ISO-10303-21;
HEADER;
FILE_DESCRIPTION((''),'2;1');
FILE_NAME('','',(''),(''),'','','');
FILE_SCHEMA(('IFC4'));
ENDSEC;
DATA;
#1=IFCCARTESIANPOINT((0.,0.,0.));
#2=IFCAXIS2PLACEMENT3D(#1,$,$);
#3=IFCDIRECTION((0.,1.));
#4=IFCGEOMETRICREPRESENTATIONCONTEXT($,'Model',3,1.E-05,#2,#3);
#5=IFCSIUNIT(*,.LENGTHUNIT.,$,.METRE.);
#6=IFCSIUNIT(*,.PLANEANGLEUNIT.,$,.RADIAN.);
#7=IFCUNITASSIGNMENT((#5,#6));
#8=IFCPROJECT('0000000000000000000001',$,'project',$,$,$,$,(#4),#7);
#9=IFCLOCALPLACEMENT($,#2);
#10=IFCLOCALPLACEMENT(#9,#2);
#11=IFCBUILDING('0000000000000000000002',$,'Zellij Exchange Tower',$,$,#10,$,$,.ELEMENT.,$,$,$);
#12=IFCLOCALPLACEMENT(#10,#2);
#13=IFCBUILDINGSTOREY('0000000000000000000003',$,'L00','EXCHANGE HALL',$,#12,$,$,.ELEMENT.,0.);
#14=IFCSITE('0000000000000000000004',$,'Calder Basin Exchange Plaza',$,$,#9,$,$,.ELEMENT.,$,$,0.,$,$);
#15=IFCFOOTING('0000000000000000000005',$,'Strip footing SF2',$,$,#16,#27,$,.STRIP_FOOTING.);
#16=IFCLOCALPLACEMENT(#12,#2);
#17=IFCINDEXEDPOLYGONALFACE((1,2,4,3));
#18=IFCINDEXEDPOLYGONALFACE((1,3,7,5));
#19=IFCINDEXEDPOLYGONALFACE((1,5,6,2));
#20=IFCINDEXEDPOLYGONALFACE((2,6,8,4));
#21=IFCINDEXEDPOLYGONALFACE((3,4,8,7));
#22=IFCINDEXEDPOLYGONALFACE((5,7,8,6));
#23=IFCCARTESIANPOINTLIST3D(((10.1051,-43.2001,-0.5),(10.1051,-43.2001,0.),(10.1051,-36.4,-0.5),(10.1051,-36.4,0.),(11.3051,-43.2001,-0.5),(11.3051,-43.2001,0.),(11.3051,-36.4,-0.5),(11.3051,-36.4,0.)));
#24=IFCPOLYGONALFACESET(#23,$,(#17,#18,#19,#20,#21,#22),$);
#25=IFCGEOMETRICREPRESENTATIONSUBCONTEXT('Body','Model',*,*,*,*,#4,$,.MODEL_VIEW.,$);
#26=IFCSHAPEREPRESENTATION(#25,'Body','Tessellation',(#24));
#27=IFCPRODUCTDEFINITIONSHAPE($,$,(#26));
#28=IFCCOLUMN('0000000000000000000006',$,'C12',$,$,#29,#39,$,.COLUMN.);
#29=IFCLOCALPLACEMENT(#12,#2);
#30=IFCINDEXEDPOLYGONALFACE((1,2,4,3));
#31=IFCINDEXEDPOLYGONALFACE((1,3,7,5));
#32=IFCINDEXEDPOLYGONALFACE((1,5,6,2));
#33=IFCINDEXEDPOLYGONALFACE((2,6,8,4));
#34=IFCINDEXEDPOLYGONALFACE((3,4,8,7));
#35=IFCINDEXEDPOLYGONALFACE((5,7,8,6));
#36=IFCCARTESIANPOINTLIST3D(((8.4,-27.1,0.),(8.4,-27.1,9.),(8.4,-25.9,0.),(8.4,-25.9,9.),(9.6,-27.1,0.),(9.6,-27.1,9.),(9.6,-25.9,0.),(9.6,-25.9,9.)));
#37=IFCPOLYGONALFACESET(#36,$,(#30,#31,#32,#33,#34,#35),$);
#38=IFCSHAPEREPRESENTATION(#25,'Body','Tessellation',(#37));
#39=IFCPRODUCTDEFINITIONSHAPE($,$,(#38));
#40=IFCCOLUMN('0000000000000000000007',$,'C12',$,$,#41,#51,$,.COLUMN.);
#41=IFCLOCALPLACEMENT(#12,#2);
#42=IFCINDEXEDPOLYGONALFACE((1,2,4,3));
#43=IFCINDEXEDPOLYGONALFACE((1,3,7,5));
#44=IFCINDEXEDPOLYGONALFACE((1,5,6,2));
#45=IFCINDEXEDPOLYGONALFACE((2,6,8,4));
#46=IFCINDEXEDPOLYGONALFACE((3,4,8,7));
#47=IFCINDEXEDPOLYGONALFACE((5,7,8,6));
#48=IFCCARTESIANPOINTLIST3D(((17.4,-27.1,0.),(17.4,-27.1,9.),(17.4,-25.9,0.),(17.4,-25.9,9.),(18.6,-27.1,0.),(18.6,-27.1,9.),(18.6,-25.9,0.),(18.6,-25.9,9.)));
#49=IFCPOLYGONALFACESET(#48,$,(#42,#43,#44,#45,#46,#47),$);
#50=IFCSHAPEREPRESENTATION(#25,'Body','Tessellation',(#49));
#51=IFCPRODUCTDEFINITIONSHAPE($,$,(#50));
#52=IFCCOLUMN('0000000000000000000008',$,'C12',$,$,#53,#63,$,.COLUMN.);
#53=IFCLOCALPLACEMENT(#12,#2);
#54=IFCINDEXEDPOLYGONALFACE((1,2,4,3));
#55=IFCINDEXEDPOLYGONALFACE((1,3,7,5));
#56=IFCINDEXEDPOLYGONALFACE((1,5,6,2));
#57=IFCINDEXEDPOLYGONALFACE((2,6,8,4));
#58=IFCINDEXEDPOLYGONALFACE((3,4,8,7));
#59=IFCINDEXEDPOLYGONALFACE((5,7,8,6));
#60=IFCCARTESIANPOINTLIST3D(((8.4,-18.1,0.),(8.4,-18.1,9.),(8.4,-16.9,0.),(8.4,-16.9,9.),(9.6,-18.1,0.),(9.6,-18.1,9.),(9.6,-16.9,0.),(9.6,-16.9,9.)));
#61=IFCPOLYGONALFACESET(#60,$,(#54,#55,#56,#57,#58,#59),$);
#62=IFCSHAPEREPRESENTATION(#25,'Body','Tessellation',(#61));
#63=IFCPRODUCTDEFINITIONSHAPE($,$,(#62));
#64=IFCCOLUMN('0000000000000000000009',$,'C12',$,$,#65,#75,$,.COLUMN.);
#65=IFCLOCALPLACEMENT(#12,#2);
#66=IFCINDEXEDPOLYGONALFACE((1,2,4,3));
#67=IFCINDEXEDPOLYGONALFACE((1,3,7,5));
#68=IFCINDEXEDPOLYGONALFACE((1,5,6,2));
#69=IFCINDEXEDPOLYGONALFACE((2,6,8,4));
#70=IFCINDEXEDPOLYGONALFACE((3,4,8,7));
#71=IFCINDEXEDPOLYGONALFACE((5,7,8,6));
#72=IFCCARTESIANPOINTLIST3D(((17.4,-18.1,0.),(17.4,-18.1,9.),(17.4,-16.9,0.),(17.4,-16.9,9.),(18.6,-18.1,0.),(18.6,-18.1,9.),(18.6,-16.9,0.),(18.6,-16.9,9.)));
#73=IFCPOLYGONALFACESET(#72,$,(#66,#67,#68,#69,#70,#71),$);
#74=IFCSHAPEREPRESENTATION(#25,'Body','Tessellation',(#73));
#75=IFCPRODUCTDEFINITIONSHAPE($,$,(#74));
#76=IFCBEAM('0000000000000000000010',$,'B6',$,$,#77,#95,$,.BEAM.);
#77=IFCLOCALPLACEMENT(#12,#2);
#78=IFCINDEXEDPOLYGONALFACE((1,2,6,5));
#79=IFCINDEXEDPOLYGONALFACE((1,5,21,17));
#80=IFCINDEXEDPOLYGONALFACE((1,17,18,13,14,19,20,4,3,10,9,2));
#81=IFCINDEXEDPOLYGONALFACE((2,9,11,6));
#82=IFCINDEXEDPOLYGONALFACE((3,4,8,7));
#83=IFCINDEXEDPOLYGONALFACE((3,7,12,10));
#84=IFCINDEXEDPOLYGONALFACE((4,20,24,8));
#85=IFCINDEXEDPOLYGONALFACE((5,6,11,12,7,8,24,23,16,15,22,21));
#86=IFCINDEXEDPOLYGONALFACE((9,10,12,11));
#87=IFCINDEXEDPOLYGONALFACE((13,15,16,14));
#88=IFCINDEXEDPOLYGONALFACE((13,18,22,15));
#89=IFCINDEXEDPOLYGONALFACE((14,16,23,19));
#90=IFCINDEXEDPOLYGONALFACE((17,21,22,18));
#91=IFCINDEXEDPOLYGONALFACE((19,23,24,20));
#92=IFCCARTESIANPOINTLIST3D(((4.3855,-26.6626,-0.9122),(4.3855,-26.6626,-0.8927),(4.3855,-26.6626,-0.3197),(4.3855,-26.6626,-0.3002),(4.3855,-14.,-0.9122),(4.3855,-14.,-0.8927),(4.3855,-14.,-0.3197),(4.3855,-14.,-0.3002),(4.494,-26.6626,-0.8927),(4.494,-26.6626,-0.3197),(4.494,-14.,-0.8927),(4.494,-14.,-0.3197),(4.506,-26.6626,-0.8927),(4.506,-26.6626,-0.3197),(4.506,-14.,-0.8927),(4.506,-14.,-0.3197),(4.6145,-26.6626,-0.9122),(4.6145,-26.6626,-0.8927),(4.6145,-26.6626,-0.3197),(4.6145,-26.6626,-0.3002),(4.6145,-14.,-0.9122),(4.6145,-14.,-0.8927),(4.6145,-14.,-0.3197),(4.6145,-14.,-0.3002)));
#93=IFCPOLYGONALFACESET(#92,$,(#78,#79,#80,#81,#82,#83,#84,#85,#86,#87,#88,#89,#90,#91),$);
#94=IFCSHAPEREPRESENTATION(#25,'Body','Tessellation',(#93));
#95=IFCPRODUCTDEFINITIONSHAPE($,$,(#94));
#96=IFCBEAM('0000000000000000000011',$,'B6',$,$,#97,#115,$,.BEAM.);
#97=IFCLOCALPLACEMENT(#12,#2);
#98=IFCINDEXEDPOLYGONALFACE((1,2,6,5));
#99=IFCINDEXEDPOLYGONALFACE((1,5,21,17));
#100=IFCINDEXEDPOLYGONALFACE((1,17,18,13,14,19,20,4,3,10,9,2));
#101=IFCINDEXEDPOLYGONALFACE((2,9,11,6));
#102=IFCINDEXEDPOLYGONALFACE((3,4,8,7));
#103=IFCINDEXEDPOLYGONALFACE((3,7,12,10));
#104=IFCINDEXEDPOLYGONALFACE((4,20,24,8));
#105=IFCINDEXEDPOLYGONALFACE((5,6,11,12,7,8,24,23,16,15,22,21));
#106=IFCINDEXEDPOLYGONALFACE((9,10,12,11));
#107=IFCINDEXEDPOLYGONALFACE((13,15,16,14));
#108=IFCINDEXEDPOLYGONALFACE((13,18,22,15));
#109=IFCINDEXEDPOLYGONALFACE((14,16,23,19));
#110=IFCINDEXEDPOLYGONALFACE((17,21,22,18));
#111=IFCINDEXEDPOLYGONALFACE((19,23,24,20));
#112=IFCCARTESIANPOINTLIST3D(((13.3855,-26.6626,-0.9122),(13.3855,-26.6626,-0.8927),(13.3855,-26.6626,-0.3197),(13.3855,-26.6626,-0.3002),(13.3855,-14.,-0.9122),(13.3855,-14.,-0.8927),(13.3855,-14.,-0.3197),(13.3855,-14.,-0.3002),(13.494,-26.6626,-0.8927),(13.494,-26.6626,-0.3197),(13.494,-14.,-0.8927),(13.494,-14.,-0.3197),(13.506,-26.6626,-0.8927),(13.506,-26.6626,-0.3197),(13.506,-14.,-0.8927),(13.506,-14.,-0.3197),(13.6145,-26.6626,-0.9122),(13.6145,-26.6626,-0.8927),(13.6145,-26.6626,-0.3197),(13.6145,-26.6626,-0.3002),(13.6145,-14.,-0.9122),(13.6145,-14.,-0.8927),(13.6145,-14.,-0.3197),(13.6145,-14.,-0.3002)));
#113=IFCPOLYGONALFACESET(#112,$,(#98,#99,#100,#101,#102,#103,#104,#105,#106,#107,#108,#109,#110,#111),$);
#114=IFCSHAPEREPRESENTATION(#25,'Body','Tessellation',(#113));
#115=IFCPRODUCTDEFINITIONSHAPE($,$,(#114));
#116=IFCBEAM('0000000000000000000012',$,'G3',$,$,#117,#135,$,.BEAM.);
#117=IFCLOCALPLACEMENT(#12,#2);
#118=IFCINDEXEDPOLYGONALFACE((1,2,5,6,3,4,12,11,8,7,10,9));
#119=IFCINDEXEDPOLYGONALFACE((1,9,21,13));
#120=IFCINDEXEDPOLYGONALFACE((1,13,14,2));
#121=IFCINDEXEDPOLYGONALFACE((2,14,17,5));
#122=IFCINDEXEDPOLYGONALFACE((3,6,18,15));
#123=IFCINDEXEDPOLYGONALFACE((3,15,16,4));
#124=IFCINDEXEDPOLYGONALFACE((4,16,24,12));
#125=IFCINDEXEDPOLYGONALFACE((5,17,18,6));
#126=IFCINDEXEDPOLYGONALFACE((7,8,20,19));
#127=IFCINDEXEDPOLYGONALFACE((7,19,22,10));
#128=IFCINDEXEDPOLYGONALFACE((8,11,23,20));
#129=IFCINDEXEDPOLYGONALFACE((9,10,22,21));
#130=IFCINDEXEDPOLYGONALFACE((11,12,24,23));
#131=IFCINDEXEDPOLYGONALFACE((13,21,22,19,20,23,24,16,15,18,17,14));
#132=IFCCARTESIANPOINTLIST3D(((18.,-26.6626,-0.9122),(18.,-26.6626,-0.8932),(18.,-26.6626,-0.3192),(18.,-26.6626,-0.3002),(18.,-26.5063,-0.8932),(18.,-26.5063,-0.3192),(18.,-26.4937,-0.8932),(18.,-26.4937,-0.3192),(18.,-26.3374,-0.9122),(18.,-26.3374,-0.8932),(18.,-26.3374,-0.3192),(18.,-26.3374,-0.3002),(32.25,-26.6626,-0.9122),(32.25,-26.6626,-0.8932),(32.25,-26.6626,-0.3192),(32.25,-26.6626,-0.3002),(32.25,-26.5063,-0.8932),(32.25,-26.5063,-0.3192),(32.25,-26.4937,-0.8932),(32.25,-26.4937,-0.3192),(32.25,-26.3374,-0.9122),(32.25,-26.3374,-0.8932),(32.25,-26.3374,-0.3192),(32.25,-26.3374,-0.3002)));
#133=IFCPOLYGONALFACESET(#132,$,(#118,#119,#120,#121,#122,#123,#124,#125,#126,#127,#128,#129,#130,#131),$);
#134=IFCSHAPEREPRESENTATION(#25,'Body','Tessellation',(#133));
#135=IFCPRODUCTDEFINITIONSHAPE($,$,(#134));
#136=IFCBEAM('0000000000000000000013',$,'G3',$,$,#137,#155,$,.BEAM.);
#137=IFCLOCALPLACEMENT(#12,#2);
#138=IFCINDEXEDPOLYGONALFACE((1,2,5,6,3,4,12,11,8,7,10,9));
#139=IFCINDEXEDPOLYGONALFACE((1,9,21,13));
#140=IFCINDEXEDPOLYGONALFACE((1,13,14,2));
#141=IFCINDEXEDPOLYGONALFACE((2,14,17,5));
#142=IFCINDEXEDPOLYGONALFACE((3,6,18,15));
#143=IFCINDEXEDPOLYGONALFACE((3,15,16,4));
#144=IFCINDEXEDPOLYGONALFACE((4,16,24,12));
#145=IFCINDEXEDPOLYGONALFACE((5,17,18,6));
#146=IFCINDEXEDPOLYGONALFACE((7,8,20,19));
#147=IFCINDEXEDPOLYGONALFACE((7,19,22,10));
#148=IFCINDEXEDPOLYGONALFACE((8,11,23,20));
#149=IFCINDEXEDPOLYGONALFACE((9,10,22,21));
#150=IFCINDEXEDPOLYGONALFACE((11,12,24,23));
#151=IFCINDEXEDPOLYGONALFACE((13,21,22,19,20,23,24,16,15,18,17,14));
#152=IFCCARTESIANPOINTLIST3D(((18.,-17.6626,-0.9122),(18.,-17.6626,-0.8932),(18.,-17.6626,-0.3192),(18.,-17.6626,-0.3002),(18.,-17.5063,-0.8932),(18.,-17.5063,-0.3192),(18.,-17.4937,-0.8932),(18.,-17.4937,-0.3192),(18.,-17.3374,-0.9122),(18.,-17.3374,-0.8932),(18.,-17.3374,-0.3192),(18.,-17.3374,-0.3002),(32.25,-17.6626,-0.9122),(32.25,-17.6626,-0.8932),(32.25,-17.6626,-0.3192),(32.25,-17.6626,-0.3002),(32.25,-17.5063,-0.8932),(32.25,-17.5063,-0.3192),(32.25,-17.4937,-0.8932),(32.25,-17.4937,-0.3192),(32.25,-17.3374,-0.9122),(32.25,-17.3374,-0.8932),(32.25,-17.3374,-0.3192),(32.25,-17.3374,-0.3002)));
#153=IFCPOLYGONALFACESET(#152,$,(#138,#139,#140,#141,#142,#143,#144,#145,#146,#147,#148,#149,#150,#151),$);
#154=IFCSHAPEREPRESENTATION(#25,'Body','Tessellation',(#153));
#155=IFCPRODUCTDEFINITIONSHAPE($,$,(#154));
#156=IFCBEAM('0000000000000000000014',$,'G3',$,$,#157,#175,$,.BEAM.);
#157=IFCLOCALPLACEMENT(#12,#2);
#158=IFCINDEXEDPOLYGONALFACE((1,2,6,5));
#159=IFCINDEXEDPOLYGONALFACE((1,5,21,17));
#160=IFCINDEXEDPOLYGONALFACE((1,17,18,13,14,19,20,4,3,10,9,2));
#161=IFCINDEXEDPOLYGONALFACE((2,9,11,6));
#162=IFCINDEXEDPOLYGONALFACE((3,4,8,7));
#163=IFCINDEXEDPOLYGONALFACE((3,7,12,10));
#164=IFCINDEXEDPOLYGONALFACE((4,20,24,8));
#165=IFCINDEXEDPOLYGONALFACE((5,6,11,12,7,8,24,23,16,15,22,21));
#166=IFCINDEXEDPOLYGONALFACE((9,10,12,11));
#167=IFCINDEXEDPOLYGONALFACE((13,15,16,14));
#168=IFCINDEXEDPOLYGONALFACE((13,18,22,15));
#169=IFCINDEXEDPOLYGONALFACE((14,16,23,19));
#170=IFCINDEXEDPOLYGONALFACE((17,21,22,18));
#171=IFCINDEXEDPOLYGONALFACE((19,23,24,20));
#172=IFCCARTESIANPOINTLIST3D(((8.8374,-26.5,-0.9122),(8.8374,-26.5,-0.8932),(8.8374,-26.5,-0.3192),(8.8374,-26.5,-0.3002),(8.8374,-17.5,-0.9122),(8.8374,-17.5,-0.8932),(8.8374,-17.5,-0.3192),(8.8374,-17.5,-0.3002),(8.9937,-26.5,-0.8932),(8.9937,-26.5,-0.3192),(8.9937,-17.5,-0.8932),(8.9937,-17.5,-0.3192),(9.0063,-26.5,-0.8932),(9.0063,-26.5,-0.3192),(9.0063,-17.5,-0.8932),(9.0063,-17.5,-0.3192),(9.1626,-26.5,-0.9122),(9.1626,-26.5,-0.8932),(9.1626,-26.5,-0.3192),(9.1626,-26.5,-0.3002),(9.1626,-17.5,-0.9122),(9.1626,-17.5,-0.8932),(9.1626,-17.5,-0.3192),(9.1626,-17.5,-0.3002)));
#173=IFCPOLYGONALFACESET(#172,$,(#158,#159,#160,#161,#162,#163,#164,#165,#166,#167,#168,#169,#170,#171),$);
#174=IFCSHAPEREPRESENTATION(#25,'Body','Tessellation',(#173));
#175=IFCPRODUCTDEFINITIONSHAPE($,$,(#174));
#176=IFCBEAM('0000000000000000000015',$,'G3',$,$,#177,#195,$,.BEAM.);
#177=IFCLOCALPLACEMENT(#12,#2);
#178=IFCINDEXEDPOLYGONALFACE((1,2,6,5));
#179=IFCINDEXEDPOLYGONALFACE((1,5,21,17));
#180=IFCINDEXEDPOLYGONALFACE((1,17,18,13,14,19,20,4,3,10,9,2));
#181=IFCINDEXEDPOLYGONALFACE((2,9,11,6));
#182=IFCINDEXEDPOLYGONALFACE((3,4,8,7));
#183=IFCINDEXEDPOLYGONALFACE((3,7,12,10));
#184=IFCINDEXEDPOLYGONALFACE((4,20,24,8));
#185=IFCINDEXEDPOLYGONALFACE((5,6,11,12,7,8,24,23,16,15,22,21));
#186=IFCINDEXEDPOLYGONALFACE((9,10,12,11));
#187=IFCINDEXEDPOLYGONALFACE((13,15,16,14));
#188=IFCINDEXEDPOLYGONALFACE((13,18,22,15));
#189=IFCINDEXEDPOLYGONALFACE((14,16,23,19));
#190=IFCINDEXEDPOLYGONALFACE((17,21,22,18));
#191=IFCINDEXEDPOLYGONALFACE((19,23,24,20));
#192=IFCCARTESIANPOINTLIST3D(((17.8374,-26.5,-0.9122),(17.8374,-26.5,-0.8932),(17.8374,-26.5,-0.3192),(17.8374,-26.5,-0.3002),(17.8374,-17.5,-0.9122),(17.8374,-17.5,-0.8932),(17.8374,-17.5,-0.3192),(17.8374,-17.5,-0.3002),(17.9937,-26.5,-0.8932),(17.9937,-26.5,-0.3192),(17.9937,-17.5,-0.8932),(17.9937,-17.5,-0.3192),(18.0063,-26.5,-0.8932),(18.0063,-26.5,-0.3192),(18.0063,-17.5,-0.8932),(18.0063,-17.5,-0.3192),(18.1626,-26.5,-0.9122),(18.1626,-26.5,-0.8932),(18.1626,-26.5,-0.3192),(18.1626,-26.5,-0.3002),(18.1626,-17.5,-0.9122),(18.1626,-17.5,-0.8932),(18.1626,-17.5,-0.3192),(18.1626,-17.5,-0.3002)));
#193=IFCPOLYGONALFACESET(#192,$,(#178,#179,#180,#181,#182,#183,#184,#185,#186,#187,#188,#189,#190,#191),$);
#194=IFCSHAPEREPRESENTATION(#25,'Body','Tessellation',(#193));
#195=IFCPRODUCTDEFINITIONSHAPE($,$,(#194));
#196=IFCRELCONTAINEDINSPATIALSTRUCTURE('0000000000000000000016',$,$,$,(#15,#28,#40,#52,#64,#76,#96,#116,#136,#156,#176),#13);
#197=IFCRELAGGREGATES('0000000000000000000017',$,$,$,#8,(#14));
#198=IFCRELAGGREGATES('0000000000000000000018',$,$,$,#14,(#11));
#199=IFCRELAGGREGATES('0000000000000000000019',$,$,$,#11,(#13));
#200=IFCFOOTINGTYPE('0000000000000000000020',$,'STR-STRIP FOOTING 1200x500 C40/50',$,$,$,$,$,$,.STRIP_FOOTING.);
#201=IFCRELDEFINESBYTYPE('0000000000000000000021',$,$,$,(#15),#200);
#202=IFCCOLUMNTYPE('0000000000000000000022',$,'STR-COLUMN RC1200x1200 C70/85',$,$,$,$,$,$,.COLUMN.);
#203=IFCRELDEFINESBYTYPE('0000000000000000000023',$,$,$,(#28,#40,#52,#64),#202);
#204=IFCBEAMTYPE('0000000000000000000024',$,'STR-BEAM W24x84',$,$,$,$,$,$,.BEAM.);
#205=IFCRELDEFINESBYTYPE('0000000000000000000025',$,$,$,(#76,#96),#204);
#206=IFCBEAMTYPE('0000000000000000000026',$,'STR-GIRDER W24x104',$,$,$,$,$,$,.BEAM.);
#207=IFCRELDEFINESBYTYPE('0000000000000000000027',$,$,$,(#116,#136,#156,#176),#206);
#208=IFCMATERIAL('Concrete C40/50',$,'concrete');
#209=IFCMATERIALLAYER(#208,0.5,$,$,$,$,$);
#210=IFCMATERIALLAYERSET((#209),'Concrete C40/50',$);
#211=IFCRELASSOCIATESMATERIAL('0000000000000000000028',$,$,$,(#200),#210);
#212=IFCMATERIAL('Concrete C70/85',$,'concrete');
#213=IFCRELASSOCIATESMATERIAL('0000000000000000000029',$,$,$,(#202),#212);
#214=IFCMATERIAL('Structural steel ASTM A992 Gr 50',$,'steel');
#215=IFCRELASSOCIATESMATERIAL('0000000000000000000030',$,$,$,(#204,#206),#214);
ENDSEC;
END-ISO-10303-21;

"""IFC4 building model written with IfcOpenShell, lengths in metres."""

from ifc_helpers import new_model, si_unit, direction, frame, origin, origin_2d, place, context, subcontext, project, spatial, rectangle, i_section, extrude, material, layer, layer_set, material_profile, profile_set, type_object, element, save


model = new_model("IFC4")

# Units and contexts
model_context = context("Model", 3, precision=1e-05, world=origin(), true_north=direction((0.0, 1.0)))
body_context = subcontext(model_context, "Body", "Model", "MODEL_VIEW")
ifc_project = project(units=[si_unit("LENGTHUNIT", "METRE"), si_unit("PLANEANGLEUNIT", "RADIAN")], contexts=[model_context])

# Site, building, storey
site_placement = place(None, origin())
site = spatial("IfcSite", under=ifc_project, at=site_placement, Name="Calder Basin Exchange Plaza", CompositionType="ELEMENT", RefElevation=0.0)
building_placement = place(site_placement, origin())
building = spatial("IfcBuilding", under=site, at=building_placement, Name="Zellij Exchange Tower", CompositionType="ELEMENT")
storey_placement = place(building_placement, origin())
storey = spatial("IfcBuildingStorey", under=building, at=storey_placement, Name="L00", Description="EXCHANGE HALL", CompositionType="ELEMENT", Elevation=0.0)

# Footing
ifc_material_1 = material(Name="Concrete C40/50", Category="concrete")
ifc_layer_1 = layer(ifc_material_1, 0.5)
ifc_layer_set_1 = layer_set([ifc_layer_1], Name="Concrete C40/50")
footing_type = type_object("IfcFootingType", Name="STR-STRIP FOOTING 1200x500 C40/50", PredefinedType="STRIP_FOOTING", material=ifc_layer_set_1)
footing_placement = place(storey_placement, frame((10.7051, -39.8, -0.5), z_axis=(0.0, 0.0, 1.0), x_axis=(0.0, 1.0, 0.0)))
element("IfcFooting", 1, at=footing_placement, inside=storey, type_object=footing_type, Name="Strip footing SF2", PredefinedType="STRIP_FOOTING", context=body_context, shape_type="SweptSolid", body=[
    extrude(rectangle(XDim=6.8, YDim=1.2, at=origin_2d()), origin(), (0.0, 0.0, 1.0), 0.5),
])

# Columns
ifc_material_2 = material(Name="Concrete C70/85", Category="concrete")
ifc_material_profile_1 = material_profile(ifc_material_2, rectangle(XDim=1.2, YDim=1.2, at=origin_2d()), Name="STR-COLUMN RC1200x1200 C70/85")
ifc_profile_set_1 = profile_set([ifc_material_profile_1], Name="Concrete C70/85")
column_type = type_object("IfcColumnType", Name="STR-COLUMN RC1200x1200 C70/85", PredefinedType="COLUMN", material=ifc_profile_set_1)
for number, where, z_axis, x_axis, name in (
    (2, (9.0, -26.5, 0.0), (0.0, 0.0, 1.0), (1.0, 0.0, 0.0), "C12"),
    (3, (18.0, -26.5, 0.0), (0.0, 0.0, 1.0), (1.0, 0.0, 0.0), "C12"),
    (4, (9.0, -17.5, 0.0), (0.0, 0.0, 1.0), (1.0, 0.0, 0.0), "C12"),
    (5, (18.0, -17.5, 0.0), (0.0, 0.0, 1.0), (1.0, 0.0, 0.0), "C12"),
):
    element("IfcColumn", number, at=place(storey_placement, frame(where, z_axis=z_axis, x_axis=x_axis)), inside=storey, type_object=column_type, Name=name, PredefinedType="COLUMN", context=body_context, shape_type="SweptSolid", body=[
        extrude(rectangle(XDim=1.2, YDim=1.2, at=origin_2d()), origin(), (0.0, 0.0, 1.0), 9.0),
    ])

# Beams
ifc_material_3 = material(Name="Structural steel ASTM A992 Gr 50", Category="steel")
ifc_material_profile_2 = material_profile(ifc_material_3, i_section(OverallWidth=0.229, OverallDepth=0.6121, WebThickness=0.012, FlangeThickness=0.0195, at=origin_2d()), Name="W24x84")
ifc_profile_set_2 = profile_set([ifc_material_profile_2], Name="Structural steel ASTM A992 Gr 50")
beam_type_1 = type_object("IfcBeamType", Name="STR-BEAM W24x84", PredefinedType="BEAM", material=ifc_profile_set_2)
for number, where, z_axis, x_axis, name in (
    (6, (4.5, -26.6626, -0.6062), (0.0, 1.0, 0.0), (-1.0, 0.0, 0.0), "B6"),
    (7, (13.5, -26.6626, -0.6062), (0.0, 1.0, 0.0), (-1.0, 0.0, 0.0), "B6"),
):
    element("IfcBeam", number, at=place(storey_placement, frame(where, z_axis=z_axis, x_axis=x_axis)), inside=storey, type_object=beam_type_1, Name=name, PredefinedType="BEAM", context=body_context, shape_type="SweptSolid", body=[
        extrude(i_section(OverallWidth=0.229, OverallDepth=0.6121, WebThickness=0.012, FlangeThickness=0.0195, at=origin_2d()), origin(), (0.0, 0.0, 1.0), 12.6626),
    ])
ifc_material_profile_3 = material_profile(ifc_material_3, i_section(OverallWidth=0.3252, OverallDepth=0.6121, WebThickness=0.0127, FlangeThickness=0.019, at=origin_2d()), Name="W24x104")
ifc_profile_set_3 = profile_set([ifc_material_profile_3], Name="Structural steel ASTM A992 Gr 50")
beam_type_2 = type_object("IfcBeamType", Name="STR-GIRDER W24x104", PredefinedType="BEAM", material=ifc_profile_set_3)
for number, where, z_axis, x_axis, name in (
    (8, (18.0, -26.5, -0.6062), (1.0, 0.0, 0.0), (0.0, 1.0, 0.0), "G3"),
    (9, (18.0, -17.5, -0.6062), (1.0, 0.0, 0.0), (0.0, 1.0, 0.0), "G3"),
):
    element("IfcBeam", number, at=place(storey_placement, frame(where, z_axis=z_axis, x_axis=x_axis)), inside=storey, type_object=beam_type_2, Name=name, PredefinedType="BEAM", context=body_context, shape_type="SweptSolid", body=[
        extrude(i_section(OverallWidth=0.3252, OverallDepth=0.6121, WebThickness=0.0127, FlangeThickness=0.019, at=origin_2d()), origin(), (0.0, 0.0, 1.0), 14.25),
    ])
for number, where, z_axis, x_axis, name in (
    (10, (9.0, -26.5, -0.6062), (0.0, 1.0, 0.0), (-1.0, 0.0, 0.0), "G3"),
    (11, (18.0, -26.5, -0.6062), (0.0, 1.0, 0.0), (-1.0, 0.0, 0.0), "G3"),
):
    element("IfcBeam", number, at=place(storey_placement, frame(where, z_axis=z_axis, x_axis=x_axis)), inside=storey, type_object=beam_type_2, Name=name, PredefinedType="BEAM", context=body_context, shape_type="SweptSolid", body=[
        extrude(i_section(OverallWidth=0.3252, OverallDepth=0.6121, WebThickness=0.0127, FlangeThickness=0.019, at=origin_2d()), origin(), (0.0, 0.0, 1.0), 9.0),
    ])

save(model, "model.ifc")
